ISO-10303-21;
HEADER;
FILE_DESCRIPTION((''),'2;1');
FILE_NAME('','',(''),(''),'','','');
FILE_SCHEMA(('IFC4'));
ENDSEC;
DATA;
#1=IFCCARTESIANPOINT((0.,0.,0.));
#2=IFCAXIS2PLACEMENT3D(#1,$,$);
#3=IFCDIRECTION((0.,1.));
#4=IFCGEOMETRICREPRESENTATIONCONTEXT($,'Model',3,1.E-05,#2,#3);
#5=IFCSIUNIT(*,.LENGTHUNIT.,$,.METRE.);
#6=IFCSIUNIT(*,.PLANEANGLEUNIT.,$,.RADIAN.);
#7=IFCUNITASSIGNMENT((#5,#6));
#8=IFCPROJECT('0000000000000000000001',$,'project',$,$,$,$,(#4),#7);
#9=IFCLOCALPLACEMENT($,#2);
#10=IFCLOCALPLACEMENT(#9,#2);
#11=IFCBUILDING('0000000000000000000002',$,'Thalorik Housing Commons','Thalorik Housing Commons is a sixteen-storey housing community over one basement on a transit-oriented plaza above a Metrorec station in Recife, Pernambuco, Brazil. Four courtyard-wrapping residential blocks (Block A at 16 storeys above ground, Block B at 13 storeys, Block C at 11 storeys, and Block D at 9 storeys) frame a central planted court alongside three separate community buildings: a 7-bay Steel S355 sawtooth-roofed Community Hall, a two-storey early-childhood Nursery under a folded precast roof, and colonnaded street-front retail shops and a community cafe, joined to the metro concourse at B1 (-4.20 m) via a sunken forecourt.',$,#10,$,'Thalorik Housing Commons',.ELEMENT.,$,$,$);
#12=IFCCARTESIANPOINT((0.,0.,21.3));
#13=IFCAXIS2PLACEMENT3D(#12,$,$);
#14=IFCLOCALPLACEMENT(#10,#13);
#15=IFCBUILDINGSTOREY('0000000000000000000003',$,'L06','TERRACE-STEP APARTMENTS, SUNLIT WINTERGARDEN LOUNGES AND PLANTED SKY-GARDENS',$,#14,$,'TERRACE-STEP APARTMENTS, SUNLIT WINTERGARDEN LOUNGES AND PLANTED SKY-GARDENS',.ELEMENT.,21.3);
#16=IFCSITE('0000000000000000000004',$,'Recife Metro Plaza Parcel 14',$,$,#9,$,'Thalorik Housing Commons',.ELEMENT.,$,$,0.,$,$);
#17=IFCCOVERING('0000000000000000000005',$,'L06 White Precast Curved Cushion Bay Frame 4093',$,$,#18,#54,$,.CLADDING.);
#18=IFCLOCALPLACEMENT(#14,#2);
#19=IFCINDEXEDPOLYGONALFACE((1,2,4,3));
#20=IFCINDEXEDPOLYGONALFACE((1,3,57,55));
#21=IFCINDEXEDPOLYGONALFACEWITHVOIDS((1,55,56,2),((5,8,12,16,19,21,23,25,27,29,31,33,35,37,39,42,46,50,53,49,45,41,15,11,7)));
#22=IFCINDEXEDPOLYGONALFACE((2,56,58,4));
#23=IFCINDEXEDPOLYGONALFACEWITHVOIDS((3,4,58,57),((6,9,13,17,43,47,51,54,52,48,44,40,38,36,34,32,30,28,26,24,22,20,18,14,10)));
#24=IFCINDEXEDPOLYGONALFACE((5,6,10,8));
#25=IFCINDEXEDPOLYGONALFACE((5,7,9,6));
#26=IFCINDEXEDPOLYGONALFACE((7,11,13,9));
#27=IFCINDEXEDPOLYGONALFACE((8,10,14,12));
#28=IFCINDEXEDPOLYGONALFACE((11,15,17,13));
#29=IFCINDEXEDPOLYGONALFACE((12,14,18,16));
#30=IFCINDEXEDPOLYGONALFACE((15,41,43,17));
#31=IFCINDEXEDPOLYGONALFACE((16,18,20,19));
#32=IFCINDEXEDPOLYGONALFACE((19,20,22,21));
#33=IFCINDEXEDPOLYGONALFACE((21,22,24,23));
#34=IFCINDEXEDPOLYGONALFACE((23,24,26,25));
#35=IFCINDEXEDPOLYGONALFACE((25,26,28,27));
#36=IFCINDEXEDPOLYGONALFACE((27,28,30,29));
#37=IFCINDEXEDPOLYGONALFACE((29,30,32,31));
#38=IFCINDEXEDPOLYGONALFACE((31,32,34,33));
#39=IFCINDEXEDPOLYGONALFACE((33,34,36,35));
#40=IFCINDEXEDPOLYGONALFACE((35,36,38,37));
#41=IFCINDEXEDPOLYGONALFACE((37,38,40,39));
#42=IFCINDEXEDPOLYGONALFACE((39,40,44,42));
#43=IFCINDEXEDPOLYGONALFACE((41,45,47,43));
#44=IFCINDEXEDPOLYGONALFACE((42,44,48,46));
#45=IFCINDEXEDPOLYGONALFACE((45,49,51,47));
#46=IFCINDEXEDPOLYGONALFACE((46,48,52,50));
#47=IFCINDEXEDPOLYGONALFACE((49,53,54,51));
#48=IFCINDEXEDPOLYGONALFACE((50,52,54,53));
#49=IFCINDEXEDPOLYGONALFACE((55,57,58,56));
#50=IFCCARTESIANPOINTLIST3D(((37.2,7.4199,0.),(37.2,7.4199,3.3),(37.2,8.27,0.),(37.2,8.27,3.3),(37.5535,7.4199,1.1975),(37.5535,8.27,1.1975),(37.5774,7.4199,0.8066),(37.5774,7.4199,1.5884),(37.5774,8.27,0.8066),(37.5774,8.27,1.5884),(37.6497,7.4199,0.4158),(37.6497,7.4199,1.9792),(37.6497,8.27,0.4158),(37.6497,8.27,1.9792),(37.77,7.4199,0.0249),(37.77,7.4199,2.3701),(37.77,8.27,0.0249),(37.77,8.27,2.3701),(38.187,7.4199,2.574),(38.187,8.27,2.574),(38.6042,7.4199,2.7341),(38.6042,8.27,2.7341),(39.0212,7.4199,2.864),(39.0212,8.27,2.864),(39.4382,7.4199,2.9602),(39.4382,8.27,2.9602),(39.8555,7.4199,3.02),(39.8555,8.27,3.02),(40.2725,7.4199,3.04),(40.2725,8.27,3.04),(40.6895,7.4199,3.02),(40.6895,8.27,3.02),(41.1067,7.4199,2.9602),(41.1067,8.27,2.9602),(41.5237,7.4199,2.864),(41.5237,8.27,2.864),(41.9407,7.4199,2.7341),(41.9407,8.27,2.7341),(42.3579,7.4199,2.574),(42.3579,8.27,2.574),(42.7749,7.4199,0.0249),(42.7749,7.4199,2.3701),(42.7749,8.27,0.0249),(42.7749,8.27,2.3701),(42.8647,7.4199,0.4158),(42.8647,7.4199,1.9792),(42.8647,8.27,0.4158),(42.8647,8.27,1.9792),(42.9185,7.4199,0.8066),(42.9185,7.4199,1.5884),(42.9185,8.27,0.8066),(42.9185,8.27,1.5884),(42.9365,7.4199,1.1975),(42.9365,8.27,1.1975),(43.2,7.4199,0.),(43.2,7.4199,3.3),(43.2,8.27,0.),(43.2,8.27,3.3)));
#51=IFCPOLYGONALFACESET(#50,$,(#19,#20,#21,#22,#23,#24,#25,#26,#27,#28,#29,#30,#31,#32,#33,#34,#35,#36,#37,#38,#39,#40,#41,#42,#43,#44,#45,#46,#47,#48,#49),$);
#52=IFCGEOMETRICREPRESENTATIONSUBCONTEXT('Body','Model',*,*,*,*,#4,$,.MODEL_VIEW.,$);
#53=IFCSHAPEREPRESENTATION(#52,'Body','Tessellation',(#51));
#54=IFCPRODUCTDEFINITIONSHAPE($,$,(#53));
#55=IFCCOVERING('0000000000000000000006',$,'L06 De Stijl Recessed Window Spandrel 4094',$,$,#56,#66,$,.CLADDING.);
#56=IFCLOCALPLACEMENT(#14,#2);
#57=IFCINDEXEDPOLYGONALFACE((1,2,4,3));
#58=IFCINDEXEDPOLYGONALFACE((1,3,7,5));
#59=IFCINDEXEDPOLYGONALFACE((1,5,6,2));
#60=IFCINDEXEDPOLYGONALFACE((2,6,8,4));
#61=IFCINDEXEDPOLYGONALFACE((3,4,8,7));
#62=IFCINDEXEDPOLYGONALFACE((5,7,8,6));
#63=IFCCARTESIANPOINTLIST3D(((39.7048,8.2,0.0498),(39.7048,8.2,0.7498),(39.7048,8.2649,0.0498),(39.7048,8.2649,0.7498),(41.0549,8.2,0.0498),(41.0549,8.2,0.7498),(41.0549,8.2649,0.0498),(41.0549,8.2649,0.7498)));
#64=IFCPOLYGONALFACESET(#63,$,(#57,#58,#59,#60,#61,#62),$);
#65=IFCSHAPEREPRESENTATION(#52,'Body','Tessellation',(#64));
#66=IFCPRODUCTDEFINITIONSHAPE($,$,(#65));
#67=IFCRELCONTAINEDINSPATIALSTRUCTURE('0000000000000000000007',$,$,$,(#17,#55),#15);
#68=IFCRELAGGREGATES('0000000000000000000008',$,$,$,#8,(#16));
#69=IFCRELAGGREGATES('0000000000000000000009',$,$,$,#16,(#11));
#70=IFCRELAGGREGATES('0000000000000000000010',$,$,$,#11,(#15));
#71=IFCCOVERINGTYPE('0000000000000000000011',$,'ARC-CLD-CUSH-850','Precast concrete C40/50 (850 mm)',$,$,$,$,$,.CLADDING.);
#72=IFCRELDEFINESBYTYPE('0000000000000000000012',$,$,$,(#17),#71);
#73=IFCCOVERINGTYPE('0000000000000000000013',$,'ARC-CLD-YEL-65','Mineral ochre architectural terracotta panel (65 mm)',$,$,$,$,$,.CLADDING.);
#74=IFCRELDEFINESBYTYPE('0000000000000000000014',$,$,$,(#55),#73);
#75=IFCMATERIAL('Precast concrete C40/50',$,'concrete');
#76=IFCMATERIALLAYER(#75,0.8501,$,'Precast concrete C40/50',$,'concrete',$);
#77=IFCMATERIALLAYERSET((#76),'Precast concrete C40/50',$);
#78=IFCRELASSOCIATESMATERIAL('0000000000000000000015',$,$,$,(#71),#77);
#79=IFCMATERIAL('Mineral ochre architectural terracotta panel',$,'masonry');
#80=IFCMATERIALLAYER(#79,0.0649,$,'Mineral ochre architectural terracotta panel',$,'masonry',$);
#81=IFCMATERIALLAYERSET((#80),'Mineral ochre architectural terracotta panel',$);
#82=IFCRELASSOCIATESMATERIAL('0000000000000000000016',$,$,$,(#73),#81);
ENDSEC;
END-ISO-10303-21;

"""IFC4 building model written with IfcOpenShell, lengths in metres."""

from ifc_helpers import new_model, si_unit, direction, frame, origin, origin_2d, place, context, subcontext, project, spatial, polyline, rectangle, outline, extrude, material, layer, layer_set, type_object, element, save


model = new_model("IFC4")

# Units and contexts
model_context = context("Model", 3, precision=1e-05, world=origin(), true_north=direction((0.0, 1.0)))
body_context = subcontext(model_context, "Body", "Model", "MODEL_VIEW")
ifc_project = project(units=[si_unit("LENGTHUNIT", "METRE"), si_unit("PLANEANGLEUNIT", "RADIAN")], contexts=[model_context])

# Site, building, storey
site_placement = place(None, origin())
site = spatial("IfcSite", under=ifc_project, at=site_placement, Name="Recife Metro Plaza Parcel 14", LongName="Thalorik Housing Commons", CompositionType="ELEMENT", RefElevation=0.0)
building_placement = place(site_placement, origin())
building = spatial("IfcBuilding", under=site, at=building_placement, Name="Thalorik Housing Commons", Description="Thalorik Housing Commons is a sixteen-storey housing community over one basement on a transit-oriented plaza above a Metrorec station in Recife, Pernambuco, Brazil. Four courtyard-wrapping residential blocks (Block A at 16 storeys above ground, Block B at 13 storeys, Block C at 11 storeys, and Block D at 9 storeys) frame a central planted court alongside three separate community buildings: a 7-bay Steel S355 sawtooth-roofed Community Hall, a two-storey early-childhood Nursery under a folded precast roof, and colonnaded street-front retail shops and a community cafe, joined to the metro concourse at B1 (-4.20 m) via a sunken forecourt.", LongName="Thalorik Housing Commons", CompositionType="ELEMENT")
storey_placement = place(building_placement, frame((0.0, 0.0, 21.3)))
storey = spatial("IfcBuildingStorey", under=building, at=storey_placement, Name="L06", Description="TERRACE-STEP APARTMENTS, SUNLIT WINTERGARDEN LOUNGES AND PLANTED SKY-GARDENS", LongName="TERRACE-STEP APARTMENTS, SUNLIT WINTERGARDEN LOUNGES AND PLANTED SKY-GARDENS", CompositionType="ELEMENT", Elevation=21.3)

# Shared definitions
ifc_material_1 = material(Name="Precast concrete C40/50", Category="concrete")

# Coverings
ifc_layer_1 = layer(ifc_material_1, 0.8501, Name="Precast concrete C40/50", Category="concrete")
ifc_layer_set_1 = layer_set([ifc_layer_1], Name="Precast concrete C40/50")
covering_type_1 = type_object("IfcCoveringType", Name="ARC-CLD-CUSH-850", Description="Precast concrete C40/50 (850 mm)", PredefinedType="CLADDING", material=ifc_layer_set_1)
covering_1_placement = place(storey_placement, frame((40.2, 7.845, 0.0), z_axis=(0.0, 0.0, 1.0), x_axis=(1.0, 0.0, 0.0)))
element("IfcCovering", 1, at=covering_1_placement, inside=storey, type_object=covering_type_1, Name="L06 White Precast Curved Cushion Bay Frame 4093", PredefinedType="CLADDING", context=body_context, shape_type="SweptSolid", body=[
    extrude(outline(polyline([(-3.0, 0.0), (3.0, 0.0), (3.0, 3.3), (-3.0, 3.3), (-3.0, 0.0)]), holes=[polyline([(2.575, 0.0249), (2.6648, 0.4158), (2.7185, 0.8066), (2.7366, 1.1975), (2.7185, 1.5884), (2.6648, 1.9792), (2.575, 2.3701), (2.158, 2.574), (1.7407, 2.7341), (1.3237, 2.864), (0.9067, 2.9602), (0.4895, 3.02), (0.0725, 3.04), (-0.3445, 3.02), (-0.7617, 2.9602), (-1.1787, 2.864), (-1.5957, 2.7341), (-2.0129, 2.574), (-2.4299, 2.3701), (-2.5503, 1.9792), (-2.6226, 1.5884), (-2.6465, 1.1975), (-2.6226, 0.8066), (-2.5503, 0.4158), (-2.4299, 0.0249), (2.575, 0.0249)])]), frame((0.0, 0.425, 0.0), z_axis=(0.0, -1.0, 0.0), x_axis=(1.0, 0.0, 0.0)), (0.0, 0.0, 1.0), 0.8501),
])
ifc_material_2 = material(Name="Mineral ochre architectural terracotta panel", Category="masonry")
ifc_layer_2 = layer(ifc_material_2, 0.0649, Name="Mineral ochre architectural terracotta panel", Category="masonry")
ifc_layer_set_2 = layer_set([ifc_layer_2], Name="Mineral ochre architectural terracotta panel")
covering_type_2 = type_object("IfcCoveringType", Name="ARC-CLD-YEL-65", Description="Mineral ochre architectural terracotta panel (65 mm)", PredefinedType="CLADDING", material=ifc_layer_set_2)
covering_2_placement = place(storey_placement, frame((40.3799, 8.2324, 0.0498), z_axis=(0.0, 0.0, 1.0), x_axis=(1.0, 0.0, 0.0)))
element("IfcCovering", 2, at=covering_2_placement, inside=storey, type_object=covering_type_2, Name="L06 De Stijl Recessed Window Spandrel 4094", PredefinedType="CLADDING", context=body_context, shape_type="SweptSolid", body=[
    extrude(rectangle(XDim=1.3501, YDim=0.0649, at=origin_2d()), origin(), (0.0, 0.0, 1.0), 0.7),
])

save(model, "model.ifc")
